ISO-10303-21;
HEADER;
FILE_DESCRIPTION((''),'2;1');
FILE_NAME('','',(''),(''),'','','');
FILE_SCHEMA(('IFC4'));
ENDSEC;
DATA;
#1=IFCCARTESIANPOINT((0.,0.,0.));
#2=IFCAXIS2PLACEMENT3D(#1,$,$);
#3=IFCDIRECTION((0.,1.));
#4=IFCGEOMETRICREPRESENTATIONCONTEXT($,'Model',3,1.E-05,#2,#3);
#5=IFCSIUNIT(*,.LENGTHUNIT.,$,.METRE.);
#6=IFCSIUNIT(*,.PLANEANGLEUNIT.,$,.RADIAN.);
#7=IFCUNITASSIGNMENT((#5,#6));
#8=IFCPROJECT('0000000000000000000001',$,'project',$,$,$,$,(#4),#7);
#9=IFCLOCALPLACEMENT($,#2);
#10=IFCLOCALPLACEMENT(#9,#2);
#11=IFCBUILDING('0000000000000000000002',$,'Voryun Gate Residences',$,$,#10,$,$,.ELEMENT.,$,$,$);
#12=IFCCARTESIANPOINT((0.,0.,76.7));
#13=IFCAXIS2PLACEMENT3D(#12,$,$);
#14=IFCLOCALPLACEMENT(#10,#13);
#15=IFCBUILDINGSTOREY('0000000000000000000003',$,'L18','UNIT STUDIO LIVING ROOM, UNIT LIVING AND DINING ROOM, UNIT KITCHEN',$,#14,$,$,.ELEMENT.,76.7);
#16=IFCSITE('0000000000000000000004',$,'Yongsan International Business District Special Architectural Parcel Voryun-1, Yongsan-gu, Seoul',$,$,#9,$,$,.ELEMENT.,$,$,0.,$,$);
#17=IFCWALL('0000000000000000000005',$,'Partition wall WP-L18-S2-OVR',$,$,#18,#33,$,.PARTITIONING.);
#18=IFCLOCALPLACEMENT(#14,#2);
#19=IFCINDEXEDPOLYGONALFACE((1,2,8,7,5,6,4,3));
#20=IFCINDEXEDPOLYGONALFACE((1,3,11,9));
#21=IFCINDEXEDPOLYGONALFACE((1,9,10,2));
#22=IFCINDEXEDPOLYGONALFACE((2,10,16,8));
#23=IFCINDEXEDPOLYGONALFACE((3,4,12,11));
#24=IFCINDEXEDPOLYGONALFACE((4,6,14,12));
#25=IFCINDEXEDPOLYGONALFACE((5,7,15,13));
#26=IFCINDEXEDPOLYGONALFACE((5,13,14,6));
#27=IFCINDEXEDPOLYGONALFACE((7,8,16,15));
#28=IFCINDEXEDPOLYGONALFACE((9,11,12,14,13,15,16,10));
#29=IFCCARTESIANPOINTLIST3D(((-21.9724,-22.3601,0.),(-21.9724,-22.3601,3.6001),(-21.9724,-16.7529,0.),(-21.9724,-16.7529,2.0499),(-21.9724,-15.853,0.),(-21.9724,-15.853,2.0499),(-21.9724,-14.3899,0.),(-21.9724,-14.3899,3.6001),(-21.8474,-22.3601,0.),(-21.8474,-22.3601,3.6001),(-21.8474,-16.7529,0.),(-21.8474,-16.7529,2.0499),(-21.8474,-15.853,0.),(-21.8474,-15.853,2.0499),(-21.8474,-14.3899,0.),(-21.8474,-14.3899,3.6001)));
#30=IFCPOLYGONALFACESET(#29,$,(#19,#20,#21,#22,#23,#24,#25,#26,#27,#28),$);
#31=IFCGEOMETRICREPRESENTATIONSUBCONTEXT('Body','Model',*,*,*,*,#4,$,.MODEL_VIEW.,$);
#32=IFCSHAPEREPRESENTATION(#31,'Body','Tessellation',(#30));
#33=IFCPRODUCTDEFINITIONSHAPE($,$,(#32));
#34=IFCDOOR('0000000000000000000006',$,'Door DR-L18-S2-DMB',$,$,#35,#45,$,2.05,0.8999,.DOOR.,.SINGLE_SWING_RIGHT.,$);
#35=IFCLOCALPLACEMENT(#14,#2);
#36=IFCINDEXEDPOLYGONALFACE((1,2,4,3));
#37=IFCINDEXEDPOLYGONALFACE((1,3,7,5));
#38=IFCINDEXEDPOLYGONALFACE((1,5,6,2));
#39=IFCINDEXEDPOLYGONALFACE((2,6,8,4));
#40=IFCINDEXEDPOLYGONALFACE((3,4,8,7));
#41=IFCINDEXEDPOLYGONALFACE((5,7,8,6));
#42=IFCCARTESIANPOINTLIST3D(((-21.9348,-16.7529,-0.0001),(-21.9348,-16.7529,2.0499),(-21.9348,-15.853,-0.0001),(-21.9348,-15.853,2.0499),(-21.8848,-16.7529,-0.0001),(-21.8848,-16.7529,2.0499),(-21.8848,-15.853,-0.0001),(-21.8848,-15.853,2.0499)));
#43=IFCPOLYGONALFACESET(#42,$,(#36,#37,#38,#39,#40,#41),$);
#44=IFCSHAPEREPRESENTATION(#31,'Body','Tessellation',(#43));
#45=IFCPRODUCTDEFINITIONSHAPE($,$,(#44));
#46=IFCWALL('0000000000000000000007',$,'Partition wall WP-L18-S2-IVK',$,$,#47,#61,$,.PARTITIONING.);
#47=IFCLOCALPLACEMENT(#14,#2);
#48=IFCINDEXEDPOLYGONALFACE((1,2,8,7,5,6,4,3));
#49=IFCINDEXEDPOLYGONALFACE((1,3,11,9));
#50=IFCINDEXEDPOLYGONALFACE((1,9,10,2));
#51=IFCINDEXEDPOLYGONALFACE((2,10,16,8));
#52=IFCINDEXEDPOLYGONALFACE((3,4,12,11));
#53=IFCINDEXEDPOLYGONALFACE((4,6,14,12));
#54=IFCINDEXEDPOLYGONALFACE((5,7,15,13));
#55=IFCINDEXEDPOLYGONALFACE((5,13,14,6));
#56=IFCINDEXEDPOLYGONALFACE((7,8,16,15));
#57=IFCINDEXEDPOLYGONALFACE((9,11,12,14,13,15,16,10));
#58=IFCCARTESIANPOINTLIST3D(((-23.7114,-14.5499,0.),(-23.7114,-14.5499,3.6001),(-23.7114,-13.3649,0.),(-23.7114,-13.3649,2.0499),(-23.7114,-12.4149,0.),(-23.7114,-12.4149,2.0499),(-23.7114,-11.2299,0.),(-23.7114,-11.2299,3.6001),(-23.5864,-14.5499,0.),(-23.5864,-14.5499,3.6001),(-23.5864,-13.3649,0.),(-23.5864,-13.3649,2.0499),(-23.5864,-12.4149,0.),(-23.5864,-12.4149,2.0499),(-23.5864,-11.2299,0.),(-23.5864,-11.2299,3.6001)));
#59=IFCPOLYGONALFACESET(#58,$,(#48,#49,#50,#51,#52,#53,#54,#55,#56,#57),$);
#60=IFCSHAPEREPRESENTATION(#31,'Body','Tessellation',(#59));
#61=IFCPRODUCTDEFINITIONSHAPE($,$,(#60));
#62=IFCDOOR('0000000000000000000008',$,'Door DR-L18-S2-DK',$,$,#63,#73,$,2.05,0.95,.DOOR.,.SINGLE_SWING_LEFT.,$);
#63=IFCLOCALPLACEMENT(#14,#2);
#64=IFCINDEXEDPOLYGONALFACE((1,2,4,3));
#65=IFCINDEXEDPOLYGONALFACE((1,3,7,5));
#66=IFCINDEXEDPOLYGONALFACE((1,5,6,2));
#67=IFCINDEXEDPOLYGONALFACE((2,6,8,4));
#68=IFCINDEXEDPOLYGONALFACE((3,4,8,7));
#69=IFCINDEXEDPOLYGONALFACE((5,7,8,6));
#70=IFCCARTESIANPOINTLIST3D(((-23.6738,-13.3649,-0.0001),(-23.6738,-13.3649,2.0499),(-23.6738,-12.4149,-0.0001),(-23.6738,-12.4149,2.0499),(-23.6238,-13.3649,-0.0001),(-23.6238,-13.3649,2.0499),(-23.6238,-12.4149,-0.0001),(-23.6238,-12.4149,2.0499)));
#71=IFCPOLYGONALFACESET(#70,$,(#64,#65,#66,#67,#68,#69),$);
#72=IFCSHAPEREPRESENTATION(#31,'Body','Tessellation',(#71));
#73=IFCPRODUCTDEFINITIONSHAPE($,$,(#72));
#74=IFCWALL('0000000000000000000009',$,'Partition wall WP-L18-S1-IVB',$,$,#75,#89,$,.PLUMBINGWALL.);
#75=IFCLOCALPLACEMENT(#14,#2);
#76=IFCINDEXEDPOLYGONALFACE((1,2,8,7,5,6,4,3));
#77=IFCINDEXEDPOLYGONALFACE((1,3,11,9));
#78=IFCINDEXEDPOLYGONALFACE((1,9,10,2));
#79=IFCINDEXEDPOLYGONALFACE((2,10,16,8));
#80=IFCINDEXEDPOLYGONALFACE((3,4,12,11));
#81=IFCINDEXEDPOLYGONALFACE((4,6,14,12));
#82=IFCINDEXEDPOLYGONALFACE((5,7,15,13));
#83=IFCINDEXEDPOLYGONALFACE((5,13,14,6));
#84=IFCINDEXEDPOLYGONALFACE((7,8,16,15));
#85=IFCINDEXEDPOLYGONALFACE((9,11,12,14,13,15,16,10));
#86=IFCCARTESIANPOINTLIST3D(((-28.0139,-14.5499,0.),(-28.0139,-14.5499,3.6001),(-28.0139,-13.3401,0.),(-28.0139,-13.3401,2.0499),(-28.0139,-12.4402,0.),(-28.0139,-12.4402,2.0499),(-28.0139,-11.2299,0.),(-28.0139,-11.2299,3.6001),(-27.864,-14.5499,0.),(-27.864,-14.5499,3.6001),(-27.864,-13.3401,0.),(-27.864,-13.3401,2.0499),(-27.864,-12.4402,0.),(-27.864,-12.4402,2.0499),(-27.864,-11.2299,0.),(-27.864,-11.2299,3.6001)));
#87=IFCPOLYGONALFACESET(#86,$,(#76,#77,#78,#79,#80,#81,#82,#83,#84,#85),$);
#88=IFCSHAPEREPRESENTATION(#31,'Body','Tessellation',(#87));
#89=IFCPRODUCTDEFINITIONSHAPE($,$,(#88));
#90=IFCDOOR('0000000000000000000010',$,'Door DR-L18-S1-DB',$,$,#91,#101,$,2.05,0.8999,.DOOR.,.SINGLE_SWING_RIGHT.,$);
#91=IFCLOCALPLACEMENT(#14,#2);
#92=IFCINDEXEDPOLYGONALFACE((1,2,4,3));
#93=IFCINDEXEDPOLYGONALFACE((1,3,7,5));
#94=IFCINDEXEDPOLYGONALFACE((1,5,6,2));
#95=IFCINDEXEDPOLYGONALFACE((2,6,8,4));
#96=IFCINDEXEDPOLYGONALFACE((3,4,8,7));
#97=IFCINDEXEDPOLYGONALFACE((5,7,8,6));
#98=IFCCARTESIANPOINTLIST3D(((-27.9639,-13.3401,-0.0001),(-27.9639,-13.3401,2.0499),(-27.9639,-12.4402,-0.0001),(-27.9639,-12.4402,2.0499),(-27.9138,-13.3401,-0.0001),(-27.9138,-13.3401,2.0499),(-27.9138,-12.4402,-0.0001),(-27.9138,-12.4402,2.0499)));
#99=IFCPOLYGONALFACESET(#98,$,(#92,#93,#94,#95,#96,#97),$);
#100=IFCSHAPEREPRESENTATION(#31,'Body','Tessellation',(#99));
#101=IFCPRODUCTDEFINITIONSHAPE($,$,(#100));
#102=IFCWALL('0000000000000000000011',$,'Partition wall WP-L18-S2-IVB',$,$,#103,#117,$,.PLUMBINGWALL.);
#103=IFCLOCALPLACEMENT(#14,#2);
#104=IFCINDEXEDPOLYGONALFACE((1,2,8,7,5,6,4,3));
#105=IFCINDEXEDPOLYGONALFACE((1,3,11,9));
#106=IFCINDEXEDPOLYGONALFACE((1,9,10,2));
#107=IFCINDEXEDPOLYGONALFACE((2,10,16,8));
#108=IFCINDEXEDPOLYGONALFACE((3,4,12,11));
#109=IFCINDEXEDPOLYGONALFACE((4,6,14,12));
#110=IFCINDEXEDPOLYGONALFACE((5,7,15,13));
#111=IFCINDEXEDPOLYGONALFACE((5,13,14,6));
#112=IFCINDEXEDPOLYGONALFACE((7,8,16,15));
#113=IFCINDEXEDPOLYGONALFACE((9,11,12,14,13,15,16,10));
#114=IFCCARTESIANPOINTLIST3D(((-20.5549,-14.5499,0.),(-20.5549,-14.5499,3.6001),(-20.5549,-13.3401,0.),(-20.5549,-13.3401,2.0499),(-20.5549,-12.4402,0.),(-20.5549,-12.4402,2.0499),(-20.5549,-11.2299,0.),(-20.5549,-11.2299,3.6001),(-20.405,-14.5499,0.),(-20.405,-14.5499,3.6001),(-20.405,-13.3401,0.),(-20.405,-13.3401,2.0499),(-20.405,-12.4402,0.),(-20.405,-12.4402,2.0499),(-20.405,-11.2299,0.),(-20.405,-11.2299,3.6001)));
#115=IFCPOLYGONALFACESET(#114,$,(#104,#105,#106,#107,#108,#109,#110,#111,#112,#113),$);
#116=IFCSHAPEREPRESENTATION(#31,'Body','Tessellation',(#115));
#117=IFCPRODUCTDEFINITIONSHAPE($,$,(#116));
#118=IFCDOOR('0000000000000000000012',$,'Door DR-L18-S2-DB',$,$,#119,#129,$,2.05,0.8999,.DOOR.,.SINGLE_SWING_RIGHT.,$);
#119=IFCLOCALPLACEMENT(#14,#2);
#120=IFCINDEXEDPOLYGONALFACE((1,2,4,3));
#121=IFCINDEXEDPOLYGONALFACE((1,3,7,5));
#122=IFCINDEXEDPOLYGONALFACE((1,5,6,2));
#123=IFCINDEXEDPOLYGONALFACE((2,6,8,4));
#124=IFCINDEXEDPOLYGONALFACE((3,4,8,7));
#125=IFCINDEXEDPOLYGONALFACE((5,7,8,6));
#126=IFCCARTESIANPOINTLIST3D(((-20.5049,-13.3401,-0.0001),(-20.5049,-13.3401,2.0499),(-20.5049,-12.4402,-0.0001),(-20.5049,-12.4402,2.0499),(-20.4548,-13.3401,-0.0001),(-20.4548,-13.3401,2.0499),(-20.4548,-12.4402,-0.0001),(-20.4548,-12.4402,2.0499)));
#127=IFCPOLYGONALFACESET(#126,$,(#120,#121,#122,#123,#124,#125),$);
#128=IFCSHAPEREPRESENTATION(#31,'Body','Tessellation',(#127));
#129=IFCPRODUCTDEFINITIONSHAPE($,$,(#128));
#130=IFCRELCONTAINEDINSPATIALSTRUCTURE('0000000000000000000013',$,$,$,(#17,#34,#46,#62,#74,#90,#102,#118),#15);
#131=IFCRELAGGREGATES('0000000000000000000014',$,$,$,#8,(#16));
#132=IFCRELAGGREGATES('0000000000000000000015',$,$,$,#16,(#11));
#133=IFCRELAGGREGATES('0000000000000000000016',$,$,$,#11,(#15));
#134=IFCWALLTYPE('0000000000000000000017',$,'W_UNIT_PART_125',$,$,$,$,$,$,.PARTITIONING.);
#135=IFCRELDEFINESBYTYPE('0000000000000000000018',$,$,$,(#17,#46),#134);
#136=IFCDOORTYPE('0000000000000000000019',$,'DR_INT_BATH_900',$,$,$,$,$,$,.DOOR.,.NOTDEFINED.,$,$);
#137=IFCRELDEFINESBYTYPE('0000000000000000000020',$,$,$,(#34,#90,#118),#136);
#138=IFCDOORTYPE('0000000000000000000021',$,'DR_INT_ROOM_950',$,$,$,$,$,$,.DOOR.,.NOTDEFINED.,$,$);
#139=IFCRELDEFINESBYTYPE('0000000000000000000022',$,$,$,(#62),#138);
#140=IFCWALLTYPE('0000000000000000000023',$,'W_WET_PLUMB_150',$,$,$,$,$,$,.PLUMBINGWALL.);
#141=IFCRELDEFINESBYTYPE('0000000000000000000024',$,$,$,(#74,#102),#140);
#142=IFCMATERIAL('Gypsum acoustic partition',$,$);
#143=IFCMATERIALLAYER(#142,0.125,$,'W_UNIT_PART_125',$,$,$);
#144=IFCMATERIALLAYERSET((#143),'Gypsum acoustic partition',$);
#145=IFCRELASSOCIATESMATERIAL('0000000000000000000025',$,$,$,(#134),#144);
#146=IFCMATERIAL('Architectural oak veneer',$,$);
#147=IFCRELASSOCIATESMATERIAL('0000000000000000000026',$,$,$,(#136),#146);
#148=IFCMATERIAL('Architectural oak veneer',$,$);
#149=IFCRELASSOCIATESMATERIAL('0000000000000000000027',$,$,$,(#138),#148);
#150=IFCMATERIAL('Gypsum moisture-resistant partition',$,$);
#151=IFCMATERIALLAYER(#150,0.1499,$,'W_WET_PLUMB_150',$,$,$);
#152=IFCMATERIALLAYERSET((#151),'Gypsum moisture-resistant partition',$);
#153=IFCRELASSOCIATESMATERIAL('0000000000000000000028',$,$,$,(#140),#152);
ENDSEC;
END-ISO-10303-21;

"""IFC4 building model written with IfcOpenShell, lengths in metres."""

from ifc_helpers import new_model, si_unit, direction, frame, frame_2d, origin, place, context, subcontext, project, spatial, rectangle, extrude, material, layer, layer_set, type_object, element, fill, save


model = new_model("IFC4")

# Units and contexts
model_context = context("Model", 3, precision=1e-05, world=origin(), true_north=direction((0.0, 1.0)))
body_context = subcontext(model_context, "Body", "Model", "MODEL_VIEW")
ifc_project = project(units=[si_unit("LENGTHUNIT", "METRE"), si_unit("PLANEANGLEUNIT", "RADIAN")], contexts=[model_context])

# Site, building, storey
site_placement = place(None, origin())
site = spatial("IfcSite", under=ifc_project, at=site_placement, Name="Yongsan International Business District Special Architectural Parcel Voryun-1, Yongsan-gu, Seoul", CompositionType="ELEMENT", RefElevation=0.0)
building_placement = place(site_placement, origin())
building = spatial("IfcBuilding", under=site, at=building_placement, Name="Voryun Gate Residences", CompositionType="ELEMENT")
storey_placement = place(building_placement, frame((0.0, 0.0, 76.7)))
storey = spatial("IfcBuildingStorey", under=building, at=storey_placement, Name="L18", Description="UNIT STUDIO LIVING ROOM, UNIT LIVING AND DINING ROOM, UNIT KITCHEN", CompositionType="ELEMENT", Elevation=76.7)

# Shared definitions
ifc_material_1 = material(Name="Gypsum acoustic partition")
ifc_layer_1 = layer(ifc_material_1, 0.125, Name="W_UNIT_PART_125")
ifc_layer_set_1 = layer_set([ifc_layer_1], Name="Gypsum acoustic partition")
wall_type_1 = type_object("IfcWallType", Name="W_UNIT_PART_125", PredefinedType="PARTITIONING", material=ifc_layer_set_1)
ifc_material_2 = material(Name="Architectural oak veneer")
door_type_1 = type_object("IfcDoorType", Name="DR_INT_BATH_900", OperationType="NOTDEFINED", PredefinedType="DOOR", material=ifc_material_2)
ifc_material_3 = material(Name="Architectural oak veneer")
door_type_2 = type_object("IfcDoorType", Name="DR_INT_ROOM_950", OperationType="NOTDEFINED", PredefinedType="DOOR", material=ifc_material_3)

# Walls, openings, doors
wall_1_placement = place(storey_placement, frame((-21.9099, -22.3601, 0.0), z_axis=(0.0, 0.0, 1.0), x_axis=(0.0, 1.0, 0.0)))
wall_1 = element("IfcWall", 1, at=wall_1_placement, inside=storey, type_object=wall_type_1, Name="Partition wall WP-L18-S2-OVR", PredefinedType="PARTITIONING", context=body_context, shape_type="SweptSolid", body=[
    extrude(rectangle(XDim=7.9702, YDim=0.125, at=frame_2d((3.9851, 0.0))), origin(), (0.0, 0.0, 1.0), 3.6001),
])
opening_1_placement = place(wall_1_placement, frame((5.6072, 0.0, 0.0)))
opening_1 = element("IfcOpeningElement", 2, at=opening_1_placement, cuts=wall_1, PredefinedType="OPENING", context=body_context, shape_type="SweptSolid", body=[
    extrude(rectangle(XDim=0.8999, YDim=2.05, at=frame_2d((0.45, 1.0249))), frame((0.0, 0.0725, 0.0), z_axis=(0.0, -1.0, 0.0), x_axis=(1.0, 0.0, 0.0)), (0.0, 0.0, 1.0), 0.145),
])
door_1_placement = place(opening_1_placement, origin())
door_1 = element("IfcDoor", 3, at=door_1_placement, inside=storey, type_object=door_type_1, Name="Door DR-L18-S2-DMB", OperationType="SINGLE_SWING_RIGHT", OverallHeight=2.05, OverallWidth=0.8999, PredefinedType="DOOR", context=body_context, shape_type="SweptSolid", body=[
    extrude(rectangle(XDim=0.8999, YDim=2.05, at=frame_2d((0.45, 1.0249))), frame((0.0, 0.0249, 0.0), z_axis=(0.0, -1.0, 0.0), x_axis=(1.0, 0.0, 0.0)), (0.0, 0.0, 1.0), 0.05),
])
fill(opening_1, door_1)
wall_2_placement = place(storey_placement, frame((-23.6489, -14.55, 0.0), z_axis=(0.0, 0.0, 1.0), x_axis=(0.0, 1.0, 0.0)))
wall_2 = element("IfcWall", 4, at=wall_2_placement, inside=storey, type_object=wall_type_1, Name="Partition wall WP-L18-S2-IVK", PredefinedType="PARTITIONING", context=body_context, shape_type="SweptSolid", body=[
    extrude(rectangle(XDim=3.3201, YDim=0.125, at=frame_2d((1.6602, 0.0))), origin(), (0.0, 0.0, 1.0), 3.6001),
])
opening_2_placement = place(wall_2_placement, frame((1.1851, 0.0, 0.0)))
opening_2 = element("IfcOpeningElement", 5, at=opening_2_placement, cuts=wall_2, PredefinedType="OPENING", context=body_context, shape_type="SweptSolid", body=[
    extrude(rectangle(XDim=0.95, YDim=2.05, at=frame_2d((0.4751, 1.0249))), frame((0.0, 0.0725, 0.0), z_axis=(0.0, -1.0, 0.0), x_axis=(1.0, 0.0, 0.0)), (0.0, 0.0, 1.0), 0.145),
])
door_2_placement = place(opening_2_placement, origin())
door_2 = element("IfcDoor", 6, at=door_2_placement, inside=storey, type_object=door_type_2, Name="Door DR-L18-S2-DK", OperationType="SINGLE_SWING_LEFT", OverallHeight=2.05, OverallWidth=0.95, PredefinedType="DOOR", context=body_context, shape_type="SweptSolid", body=[
    extrude(rectangle(XDim=0.95, YDim=2.05, at=frame_2d((0.4751, 1.0249))), frame((0.0, 0.0249, 0.0), z_axis=(0.0, -1.0, 0.0), x_axis=(1.0, 0.0, 0.0)), (0.0, 0.0, 1.0), 0.05),
])
fill(opening_2, door_2)
ifc_material_4 = material(Name="Gypsum moisture-resistant partition")
ifc_layer_2 = layer(ifc_material_4, 0.1499, Name="W_WET_PLUMB_150")
ifc_layer_set_2 = layer_set([ifc_layer_2], Name="Gypsum moisture-resistant partition")
wall_type_2 = type_object("IfcWallType", Name="W_WET_PLUMB_150", PredefinedType="PLUMBINGWALL", material=ifc_layer_set_2)
wall_3_placement = place(storey_placement, frame((-27.939, -14.55, 0.0), z_axis=(0.0, 0.0, 1.0), x_axis=(0.0, 1.0, 0.0)))
wall_3 = element("IfcWall", 7, at=wall_3_placement, inside=storey, type_object=wall_type_2, Name="Partition wall WP-L18-S1-IVB", PredefinedType="PLUMBINGWALL", context=body_context, shape_type="SweptSolid", body=[
    extrude(rectangle(XDim=3.3201, YDim=0.1499, at=frame_2d((1.6602, 0.0))), origin(), (0.0, 0.0, 1.0), 3.6001),
])
opening_3_placement = place(wall_3_placement, frame((1.21, 0.0, 0.0)))
opening_3 = element("IfcOpeningElement", 8, at=opening_3_placement, cuts=wall_3, PredefinedType="OPENING", context=body_context, shape_type="SweptSolid", body=[
    extrude(rectangle(XDim=0.8999, YDim=2.05, at=frame_2d((0.45, 1.0249))), frame((0.0, 0.085, 0.0), z_axis=(0.0, -1.0, 0.0), x_axis=(1.0, 0.0, 0.0)), (0.0, 0.0, 1.0), 0.1699),
])
door_3_placement = place(opening_3_placement, origin())
door_3 = element("IfcDoor", 9, at=door_3_placement, inside=storey, type_object=door_type_1, Name="Door DR-L18-S1-DB", OperationType="SINGLE_SWING_RIGHT", OverallHeight=2.05, OverallWidth=0.8999, PredefinedType="DOOR", context=body_context, shape_type="SweptSolid", body=[
    extrude(rectangle(XDim=0.8999, YDim=2.05, at=frame_2d((0.45, 1.0249))), frame((0.0, 0.0249, 0.0), z_axis=(0.0, -1.0, 0.0), x_axis=(1.0, 0.0, 0.0)), (0.0, 0.0, 1.0), 0.05),
])
fill(opening_3, door_3)
wall_4_placement = place(storey_placement, frame((-20.48, -14.55, 0.0), z_axis=(0.0, 0.0, 1.0), x_axis=(0.0, 1.0, 0.0)))
wall_4 = element("IfcWall", 10, at=wall_4_placement, inside=storey, type_object=wall_type_2, Name="Partition wall WP-L18-S2-IVB", PredefinedType="PLUMBINGWALL", context=body_context, shape_type="SweptSolid", body=[
    extrude(rectangle(XDim=3.3201, YDim=0.1499, at=frame_2d((1.6602, 0.0))), origin(), (0.0, 0.0, 1.0), 3.6001),
])
opening_4_placement = place(wall_4_placement, frame((1.21, 0.0, 0.0)))
opening_4 = element("IfcOpeningElement", 11, at=opening_4_placement, cuts=wall_4, PredefinedType="OPENING", context=body_context, shape_type="SweptSolid", body=[
    extrude(rectangle(XDim=0.8999, YDim=2.05, at=frame_2d((0.45, 1.0249))), frame((0.0, 0.085, 0.0), z_axis=(0.0, -1.0, 0.0), x_axis=(1.0, 0.0, 0.0)), (0.0, 0.0, 1.0), 0.1699),
])
door_4_placement = place(opening_4_placement, origin())
door_4 = element("IfcDoor", 12, at=door_4_placement, inside=storey, type_object=door_type_1, Name="Door DR-L18-S2-DB", OperationType="SINGLE_SWING_RIGHT", OverallHeight=2.05, OverallWidth=0.8999, PredefinedType="DOOR", context=body_context, shape_type="SweptSolid", body=[
    extrude(rectangle(XDim=0.8999, YDim=2.05, at=frame_2d((0.45, 1.0249))), frame((0.0, 0.0249, 0.0), z_axis=(0.0, -1.0, 0.0), x_axis=(1.0, 0.0, 0.0)), (0.0, 0.0, 1.0), 0.05),
])
fill(opening_4, door_4)

save(model, "model.ifc")
